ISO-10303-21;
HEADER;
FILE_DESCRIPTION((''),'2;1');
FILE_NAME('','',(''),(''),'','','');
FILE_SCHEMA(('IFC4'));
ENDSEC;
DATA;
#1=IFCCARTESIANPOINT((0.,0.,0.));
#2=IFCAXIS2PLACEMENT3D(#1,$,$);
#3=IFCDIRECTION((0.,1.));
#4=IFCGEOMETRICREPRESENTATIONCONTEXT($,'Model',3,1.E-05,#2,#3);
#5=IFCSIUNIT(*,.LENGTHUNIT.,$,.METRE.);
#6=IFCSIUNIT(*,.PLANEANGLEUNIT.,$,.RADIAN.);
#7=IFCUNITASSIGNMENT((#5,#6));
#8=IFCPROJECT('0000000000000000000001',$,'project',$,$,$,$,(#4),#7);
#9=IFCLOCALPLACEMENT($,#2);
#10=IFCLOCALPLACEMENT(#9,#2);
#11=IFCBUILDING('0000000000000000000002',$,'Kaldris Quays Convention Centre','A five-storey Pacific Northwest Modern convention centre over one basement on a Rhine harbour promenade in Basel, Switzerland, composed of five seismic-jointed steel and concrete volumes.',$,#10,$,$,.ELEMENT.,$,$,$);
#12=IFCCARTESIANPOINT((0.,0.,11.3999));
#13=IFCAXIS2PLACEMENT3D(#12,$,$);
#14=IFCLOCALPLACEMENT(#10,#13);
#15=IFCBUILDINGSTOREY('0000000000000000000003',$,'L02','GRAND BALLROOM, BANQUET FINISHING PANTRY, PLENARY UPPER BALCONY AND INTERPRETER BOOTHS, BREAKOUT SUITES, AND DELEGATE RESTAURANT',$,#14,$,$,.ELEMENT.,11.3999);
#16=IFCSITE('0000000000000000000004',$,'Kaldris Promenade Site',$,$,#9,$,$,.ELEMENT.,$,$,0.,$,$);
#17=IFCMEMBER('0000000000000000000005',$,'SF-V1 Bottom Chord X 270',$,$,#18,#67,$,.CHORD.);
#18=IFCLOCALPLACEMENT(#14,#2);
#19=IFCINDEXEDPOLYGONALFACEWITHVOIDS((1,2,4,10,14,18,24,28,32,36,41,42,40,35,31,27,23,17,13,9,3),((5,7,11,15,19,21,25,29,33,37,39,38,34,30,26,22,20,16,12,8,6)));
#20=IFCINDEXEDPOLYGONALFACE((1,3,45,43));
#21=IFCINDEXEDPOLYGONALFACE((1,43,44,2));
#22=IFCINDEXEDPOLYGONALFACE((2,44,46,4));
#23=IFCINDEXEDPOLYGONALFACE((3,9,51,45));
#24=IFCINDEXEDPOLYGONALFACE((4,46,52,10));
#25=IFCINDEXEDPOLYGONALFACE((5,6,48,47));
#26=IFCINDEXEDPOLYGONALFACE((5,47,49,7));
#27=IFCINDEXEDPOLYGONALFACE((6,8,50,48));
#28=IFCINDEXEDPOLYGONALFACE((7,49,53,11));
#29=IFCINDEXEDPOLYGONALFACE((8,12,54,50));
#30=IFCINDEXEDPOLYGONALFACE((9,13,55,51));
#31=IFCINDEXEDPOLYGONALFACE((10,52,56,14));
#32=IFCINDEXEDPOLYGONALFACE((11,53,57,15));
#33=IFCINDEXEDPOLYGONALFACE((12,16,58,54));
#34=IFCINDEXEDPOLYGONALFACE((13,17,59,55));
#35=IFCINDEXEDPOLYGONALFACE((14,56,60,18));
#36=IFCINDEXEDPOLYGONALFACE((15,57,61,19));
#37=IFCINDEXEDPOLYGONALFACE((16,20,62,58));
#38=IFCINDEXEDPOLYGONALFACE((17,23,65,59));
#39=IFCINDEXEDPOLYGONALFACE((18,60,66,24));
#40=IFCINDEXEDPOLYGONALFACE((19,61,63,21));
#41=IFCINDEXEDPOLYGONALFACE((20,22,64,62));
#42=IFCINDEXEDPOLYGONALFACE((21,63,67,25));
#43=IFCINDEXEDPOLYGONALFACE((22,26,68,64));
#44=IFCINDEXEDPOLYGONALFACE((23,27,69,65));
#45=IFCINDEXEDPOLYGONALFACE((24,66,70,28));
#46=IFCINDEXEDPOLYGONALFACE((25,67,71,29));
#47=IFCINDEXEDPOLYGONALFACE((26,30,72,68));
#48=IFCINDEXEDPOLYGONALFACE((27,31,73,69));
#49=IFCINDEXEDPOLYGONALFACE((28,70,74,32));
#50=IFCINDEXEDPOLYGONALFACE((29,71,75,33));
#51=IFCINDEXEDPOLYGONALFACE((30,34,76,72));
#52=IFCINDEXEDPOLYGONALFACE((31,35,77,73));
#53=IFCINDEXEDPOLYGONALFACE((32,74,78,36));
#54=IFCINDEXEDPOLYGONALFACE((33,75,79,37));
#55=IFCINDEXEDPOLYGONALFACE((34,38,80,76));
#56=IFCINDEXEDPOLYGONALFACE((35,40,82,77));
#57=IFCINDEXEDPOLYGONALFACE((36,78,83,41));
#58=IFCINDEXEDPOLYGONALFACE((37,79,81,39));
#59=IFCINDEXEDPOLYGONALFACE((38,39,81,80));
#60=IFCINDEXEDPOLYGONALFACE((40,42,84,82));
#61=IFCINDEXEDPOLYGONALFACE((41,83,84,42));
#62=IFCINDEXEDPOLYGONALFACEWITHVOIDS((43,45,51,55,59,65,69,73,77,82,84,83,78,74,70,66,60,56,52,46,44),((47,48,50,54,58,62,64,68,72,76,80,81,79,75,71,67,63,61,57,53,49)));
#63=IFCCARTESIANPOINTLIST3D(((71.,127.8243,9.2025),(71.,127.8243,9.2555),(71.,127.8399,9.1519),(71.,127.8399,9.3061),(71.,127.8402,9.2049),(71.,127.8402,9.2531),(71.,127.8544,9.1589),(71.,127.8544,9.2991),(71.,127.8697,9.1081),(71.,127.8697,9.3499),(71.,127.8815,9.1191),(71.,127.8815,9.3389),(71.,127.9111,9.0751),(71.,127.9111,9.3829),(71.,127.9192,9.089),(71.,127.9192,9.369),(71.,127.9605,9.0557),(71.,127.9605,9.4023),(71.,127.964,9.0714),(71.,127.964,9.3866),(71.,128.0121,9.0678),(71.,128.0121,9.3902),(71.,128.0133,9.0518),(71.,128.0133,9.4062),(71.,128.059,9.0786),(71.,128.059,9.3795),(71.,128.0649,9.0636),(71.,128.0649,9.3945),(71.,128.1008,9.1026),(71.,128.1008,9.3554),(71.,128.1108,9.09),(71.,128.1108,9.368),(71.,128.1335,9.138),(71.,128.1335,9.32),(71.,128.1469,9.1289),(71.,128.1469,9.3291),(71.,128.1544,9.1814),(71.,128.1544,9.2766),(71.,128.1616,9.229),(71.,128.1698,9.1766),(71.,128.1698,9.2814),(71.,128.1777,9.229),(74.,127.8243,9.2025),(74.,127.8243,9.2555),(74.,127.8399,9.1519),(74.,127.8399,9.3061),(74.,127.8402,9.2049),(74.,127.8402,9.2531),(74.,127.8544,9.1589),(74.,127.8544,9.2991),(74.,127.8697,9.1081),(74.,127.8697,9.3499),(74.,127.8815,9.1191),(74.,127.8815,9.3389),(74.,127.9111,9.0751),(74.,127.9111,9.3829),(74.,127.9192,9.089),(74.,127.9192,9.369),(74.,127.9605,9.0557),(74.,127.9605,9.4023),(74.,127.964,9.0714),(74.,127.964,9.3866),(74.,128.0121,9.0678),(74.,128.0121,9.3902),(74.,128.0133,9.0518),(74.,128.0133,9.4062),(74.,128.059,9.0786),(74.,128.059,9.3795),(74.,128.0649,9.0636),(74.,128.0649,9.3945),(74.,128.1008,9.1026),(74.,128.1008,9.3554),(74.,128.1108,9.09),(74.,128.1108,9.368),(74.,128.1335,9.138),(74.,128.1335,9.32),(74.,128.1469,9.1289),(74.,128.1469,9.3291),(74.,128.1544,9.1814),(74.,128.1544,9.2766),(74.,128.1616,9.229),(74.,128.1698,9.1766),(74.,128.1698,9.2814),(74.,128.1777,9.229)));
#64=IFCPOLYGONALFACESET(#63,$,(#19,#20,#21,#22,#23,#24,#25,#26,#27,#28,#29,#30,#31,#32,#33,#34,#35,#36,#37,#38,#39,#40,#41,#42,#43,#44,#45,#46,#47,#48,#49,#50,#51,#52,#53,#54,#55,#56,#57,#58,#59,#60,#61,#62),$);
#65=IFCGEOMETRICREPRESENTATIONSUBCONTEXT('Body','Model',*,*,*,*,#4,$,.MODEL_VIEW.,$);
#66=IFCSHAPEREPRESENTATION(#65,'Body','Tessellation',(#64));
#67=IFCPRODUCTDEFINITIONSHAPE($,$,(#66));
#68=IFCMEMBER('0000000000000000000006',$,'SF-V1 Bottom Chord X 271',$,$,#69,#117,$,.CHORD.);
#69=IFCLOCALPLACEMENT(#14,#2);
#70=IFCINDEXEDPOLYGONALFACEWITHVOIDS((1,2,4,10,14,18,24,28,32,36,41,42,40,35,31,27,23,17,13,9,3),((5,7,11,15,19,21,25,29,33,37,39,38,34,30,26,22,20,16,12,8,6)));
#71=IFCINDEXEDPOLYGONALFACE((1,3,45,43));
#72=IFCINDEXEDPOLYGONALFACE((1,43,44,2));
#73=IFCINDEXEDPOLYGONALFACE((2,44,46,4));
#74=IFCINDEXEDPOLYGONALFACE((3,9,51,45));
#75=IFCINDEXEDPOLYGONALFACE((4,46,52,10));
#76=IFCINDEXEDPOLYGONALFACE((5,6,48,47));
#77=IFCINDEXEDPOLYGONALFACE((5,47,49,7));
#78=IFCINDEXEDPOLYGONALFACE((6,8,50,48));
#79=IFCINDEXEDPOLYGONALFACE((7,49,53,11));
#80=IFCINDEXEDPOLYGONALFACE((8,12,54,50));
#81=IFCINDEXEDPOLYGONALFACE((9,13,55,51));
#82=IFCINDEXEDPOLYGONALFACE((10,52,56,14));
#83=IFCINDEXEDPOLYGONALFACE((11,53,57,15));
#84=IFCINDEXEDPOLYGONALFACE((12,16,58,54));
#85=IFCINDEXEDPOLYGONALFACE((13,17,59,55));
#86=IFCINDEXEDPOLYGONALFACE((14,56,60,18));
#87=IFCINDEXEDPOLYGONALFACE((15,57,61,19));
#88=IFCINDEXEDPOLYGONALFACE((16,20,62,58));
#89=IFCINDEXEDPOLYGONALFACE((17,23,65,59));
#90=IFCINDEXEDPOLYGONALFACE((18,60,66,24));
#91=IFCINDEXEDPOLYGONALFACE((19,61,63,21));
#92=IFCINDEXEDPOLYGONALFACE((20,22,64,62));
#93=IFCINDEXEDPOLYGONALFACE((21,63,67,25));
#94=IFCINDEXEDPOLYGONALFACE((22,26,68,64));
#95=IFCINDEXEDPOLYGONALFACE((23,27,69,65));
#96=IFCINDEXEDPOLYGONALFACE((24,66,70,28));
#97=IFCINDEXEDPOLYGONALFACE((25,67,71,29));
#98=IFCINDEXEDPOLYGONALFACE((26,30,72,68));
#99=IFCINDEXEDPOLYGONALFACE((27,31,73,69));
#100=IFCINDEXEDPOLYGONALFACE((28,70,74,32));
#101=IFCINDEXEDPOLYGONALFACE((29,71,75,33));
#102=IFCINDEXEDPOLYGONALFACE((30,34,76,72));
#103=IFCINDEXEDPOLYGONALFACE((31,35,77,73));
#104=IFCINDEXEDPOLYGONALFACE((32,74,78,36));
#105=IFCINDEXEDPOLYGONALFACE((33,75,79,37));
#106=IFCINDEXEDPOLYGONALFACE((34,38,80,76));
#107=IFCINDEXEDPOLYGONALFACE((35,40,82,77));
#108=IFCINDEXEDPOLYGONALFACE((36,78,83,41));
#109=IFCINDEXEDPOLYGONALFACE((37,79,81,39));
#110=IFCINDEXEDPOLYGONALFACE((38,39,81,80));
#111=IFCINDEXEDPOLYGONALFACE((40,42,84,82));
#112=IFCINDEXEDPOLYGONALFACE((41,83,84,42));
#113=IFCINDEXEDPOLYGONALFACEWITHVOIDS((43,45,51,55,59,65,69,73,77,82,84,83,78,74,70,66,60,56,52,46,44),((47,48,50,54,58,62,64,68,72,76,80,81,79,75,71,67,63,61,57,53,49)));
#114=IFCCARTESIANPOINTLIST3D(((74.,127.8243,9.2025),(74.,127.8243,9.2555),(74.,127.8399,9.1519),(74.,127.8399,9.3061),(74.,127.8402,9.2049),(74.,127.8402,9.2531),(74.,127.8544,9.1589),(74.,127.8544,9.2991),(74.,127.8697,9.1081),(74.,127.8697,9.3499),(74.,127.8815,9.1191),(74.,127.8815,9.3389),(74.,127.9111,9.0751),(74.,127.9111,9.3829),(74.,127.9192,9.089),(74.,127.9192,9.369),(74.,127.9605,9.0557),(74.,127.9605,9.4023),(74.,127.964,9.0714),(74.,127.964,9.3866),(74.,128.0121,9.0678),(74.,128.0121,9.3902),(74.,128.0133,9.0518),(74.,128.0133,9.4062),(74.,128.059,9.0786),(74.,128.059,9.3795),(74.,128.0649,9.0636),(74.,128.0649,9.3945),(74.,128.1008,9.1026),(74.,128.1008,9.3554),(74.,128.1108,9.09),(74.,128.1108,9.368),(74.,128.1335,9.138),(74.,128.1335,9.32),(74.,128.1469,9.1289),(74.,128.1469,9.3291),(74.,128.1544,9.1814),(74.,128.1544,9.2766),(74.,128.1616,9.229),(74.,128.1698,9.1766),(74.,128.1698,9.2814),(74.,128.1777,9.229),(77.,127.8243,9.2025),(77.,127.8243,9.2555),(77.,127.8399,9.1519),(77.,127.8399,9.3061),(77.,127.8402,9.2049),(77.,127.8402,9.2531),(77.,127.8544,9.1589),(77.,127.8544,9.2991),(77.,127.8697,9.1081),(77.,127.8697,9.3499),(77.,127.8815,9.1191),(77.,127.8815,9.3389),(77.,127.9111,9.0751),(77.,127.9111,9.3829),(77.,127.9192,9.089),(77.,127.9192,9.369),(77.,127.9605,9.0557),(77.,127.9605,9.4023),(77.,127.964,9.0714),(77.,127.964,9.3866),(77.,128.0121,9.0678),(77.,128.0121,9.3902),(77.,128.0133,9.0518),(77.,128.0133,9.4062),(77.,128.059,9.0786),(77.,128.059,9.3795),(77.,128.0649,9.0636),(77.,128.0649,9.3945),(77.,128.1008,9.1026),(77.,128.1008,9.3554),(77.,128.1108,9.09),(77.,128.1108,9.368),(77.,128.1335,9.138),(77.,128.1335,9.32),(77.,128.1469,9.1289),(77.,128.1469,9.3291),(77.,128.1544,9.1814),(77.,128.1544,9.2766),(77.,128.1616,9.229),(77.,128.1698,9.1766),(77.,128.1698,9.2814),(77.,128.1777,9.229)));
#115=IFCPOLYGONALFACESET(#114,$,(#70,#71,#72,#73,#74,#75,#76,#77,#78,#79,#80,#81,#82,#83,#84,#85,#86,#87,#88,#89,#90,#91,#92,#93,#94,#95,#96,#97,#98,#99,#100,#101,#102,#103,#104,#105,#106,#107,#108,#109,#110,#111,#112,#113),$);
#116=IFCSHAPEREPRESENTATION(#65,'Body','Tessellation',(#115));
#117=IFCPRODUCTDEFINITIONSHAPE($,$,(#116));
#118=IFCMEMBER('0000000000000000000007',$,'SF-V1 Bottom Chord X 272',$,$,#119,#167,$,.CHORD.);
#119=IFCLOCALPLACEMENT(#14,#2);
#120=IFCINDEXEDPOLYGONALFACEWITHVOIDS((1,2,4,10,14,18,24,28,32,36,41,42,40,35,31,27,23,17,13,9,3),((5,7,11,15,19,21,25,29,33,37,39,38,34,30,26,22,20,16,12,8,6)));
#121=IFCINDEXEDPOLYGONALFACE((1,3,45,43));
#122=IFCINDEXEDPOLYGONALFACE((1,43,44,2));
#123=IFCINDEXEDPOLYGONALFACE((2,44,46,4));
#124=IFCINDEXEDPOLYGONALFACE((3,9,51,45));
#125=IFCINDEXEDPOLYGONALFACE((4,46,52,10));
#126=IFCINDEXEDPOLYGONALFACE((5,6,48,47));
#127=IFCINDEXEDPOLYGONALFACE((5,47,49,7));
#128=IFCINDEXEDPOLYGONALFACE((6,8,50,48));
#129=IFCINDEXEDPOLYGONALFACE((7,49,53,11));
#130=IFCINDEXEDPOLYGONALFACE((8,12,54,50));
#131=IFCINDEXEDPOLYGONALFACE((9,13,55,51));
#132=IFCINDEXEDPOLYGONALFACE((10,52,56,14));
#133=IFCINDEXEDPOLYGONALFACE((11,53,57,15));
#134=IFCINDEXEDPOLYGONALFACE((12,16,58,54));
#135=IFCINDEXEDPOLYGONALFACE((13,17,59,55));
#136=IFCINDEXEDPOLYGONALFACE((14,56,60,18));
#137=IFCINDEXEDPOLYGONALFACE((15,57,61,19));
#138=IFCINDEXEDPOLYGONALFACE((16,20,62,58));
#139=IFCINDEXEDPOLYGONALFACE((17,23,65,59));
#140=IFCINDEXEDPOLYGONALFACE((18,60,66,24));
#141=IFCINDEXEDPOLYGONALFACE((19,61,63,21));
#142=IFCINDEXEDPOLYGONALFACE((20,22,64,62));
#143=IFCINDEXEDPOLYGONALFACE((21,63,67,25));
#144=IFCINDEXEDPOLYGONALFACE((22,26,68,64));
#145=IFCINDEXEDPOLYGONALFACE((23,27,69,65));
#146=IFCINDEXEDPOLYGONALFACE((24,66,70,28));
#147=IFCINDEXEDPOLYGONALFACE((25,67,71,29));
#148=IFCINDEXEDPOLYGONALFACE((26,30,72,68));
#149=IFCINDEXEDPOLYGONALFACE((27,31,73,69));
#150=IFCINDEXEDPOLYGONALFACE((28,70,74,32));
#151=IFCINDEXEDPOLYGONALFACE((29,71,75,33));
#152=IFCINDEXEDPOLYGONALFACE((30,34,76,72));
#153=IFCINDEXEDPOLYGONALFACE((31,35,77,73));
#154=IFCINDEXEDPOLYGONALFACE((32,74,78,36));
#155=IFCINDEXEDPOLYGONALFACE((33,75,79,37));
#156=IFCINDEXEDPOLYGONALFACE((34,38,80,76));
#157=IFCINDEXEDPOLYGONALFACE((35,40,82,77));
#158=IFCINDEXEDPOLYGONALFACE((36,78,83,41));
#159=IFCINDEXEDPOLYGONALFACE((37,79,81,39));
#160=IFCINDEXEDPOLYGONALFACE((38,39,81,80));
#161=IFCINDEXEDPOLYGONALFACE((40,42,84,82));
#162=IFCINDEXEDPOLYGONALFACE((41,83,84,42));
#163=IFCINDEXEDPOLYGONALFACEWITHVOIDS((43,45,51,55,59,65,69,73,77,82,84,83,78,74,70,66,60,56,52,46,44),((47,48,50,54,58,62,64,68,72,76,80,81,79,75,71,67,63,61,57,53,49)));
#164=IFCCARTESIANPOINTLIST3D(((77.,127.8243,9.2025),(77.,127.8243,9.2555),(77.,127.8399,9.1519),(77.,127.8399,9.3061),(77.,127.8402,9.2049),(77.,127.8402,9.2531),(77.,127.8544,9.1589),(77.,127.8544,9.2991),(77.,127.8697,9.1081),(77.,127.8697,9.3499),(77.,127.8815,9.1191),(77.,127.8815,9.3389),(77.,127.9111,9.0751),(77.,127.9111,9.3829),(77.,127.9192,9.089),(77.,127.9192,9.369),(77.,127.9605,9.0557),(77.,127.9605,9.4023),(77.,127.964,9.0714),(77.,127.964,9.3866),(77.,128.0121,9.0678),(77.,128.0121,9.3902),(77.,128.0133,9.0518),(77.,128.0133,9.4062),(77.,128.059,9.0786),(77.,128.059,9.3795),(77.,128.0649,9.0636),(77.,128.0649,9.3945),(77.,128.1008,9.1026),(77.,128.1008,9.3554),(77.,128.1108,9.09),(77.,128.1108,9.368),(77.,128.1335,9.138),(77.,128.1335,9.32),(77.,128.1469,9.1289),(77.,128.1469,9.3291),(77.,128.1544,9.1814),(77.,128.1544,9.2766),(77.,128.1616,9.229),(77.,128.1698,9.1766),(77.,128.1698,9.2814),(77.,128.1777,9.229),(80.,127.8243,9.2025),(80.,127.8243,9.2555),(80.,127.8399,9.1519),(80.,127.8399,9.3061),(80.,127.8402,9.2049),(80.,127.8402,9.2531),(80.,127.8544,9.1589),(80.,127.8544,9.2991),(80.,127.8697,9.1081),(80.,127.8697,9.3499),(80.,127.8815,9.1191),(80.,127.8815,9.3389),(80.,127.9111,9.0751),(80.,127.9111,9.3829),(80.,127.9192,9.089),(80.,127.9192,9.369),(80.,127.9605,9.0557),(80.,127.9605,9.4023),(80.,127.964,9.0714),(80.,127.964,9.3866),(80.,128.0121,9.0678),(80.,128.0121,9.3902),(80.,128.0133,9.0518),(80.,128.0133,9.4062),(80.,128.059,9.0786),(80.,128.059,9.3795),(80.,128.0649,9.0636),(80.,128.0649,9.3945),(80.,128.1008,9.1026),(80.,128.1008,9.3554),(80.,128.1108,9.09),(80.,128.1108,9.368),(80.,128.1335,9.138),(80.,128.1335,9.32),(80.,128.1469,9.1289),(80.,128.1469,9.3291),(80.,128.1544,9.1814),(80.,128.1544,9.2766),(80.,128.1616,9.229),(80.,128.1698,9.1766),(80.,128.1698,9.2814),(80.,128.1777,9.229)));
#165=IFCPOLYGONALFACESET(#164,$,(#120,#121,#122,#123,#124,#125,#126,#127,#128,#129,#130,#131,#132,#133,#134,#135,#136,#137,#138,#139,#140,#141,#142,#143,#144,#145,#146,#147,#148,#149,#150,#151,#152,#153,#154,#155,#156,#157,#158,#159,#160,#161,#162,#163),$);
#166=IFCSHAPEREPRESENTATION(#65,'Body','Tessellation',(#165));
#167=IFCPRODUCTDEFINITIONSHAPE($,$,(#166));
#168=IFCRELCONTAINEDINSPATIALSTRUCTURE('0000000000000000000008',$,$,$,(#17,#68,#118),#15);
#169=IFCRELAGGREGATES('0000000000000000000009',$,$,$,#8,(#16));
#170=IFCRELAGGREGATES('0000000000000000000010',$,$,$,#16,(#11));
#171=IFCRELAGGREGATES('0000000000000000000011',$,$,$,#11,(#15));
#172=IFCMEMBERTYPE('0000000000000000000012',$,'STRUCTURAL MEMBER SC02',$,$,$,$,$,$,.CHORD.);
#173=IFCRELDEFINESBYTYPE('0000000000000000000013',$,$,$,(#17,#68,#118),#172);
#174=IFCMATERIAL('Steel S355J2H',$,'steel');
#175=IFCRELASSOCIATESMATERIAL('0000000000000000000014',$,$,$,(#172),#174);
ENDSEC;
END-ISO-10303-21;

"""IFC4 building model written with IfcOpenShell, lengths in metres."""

from ifc_helpers import new_model, si_unit, direction, frame, origin, origin_2d, place, context, subcontext, project, spatial, hollow_circle, extrude, material, material_profile, profile_set, type_object, element, save


model = new_model("IFC4")

# Units and contexts
model_context = context("Model", 3, precision=1e-05, world=origin(), true_north=direction((0.0, 1.0)))
body_context = subcontext(model_context, "Body", "Model", "MODEL_VIEW")
ifc_project = project(units=[si_unit("LENGTHUNIT", "METRE"), si_unit("PLANEANGLEUNIT", "RADIAN")], contexts=[model_context])

# Site, building, storey
site_placement = place(None, origin())
site = spatial("IfcSite", under=ifc_project, at=site_placement, Name="Kaldris Promenade Site", CompositionType="ELEMENT", RefElevation=0.0)
building_placement = place(site_placement, origin())
building = spatial("IfcBuilding", under=site, at=building_placement, Name="Kaldris Quays Convention Centre", Description="A five-storey Pacific Northwest Modern convention centre over one basement on a Rhine harbour promenade in Basel, Switzerland, composed of five seismic-jointed steel and concrete volumes.", CompositionType="ELEMENT")
storey_placement = place(building_placement, frame((0.0, 0.0, 11.3999)))
storey = spatial("IfcBuildingStorey", under=building, at=storey_placement, Name="L02", Description="GRAND BALLROOM, BANQUET FINISHING PANTRY, PLENARY UPPER BALCONY AND INTERPRETER BOOTHS, BREAKOUT SUITES, AND DELEGATE RESTAURANT", CompositionType="ELEMENT", Elevation=11.3999)

# Members
ifc_material_1 = material(Name="Steel S355J2H", Category="steel")
ifc_material_profile_1 = material_profile(ifc_material_1, hollow_circle(Radius=0.1777, WallThickness=0.0161, at=origin_2d()), Name="CHS 355.6x16")
ifc_profile_set_1 = profile_set([ifc_material_profile_1], Name="Steel S355J2H")
member_type_1 = type_object("IfcMemberType", Name="STRUCTURAL MEMBER SC02", PredefinedType="CHORD", material=ifc_profile_set_1)
for number, where, z_axis, x_axis, name in (
    (1, (71.0, 128.0, 9.229), (1.0, 0.0, 0.0), (0.0, 1.0, 0.0), "SF-V1 Bottom Chord X 270"),
    (2, (74.0, 128.0, 9.229), (1.0, 0.0, 0.0), (0.0, 1.0, 0.0), "SF-V1 Bottom Chord X 271"),
    (3, (77.0, 128.0, 9.229), (1.0, 0.0, 0.0), (0.0, 1.0, 0.0), "SF-V1 Bottom Chord X 272"),
):
    element("IfcMember", number, at=place(storey_placement, frame(where, z_axis=z_axis, x_axis=x_axis)), inside=storey, type_object=member_type_1, Name=name, PredefinedType="CHORD", context=body_context, shape_type="SweptSolid", body=[
        extrude(hollow_circle(Radius=0.1777, WallThickness=0.0161, at=origin_2d()), origin(), (0.0, 0.0, 1.0), 3.0),
    ])

save(model, "model.ifc")
